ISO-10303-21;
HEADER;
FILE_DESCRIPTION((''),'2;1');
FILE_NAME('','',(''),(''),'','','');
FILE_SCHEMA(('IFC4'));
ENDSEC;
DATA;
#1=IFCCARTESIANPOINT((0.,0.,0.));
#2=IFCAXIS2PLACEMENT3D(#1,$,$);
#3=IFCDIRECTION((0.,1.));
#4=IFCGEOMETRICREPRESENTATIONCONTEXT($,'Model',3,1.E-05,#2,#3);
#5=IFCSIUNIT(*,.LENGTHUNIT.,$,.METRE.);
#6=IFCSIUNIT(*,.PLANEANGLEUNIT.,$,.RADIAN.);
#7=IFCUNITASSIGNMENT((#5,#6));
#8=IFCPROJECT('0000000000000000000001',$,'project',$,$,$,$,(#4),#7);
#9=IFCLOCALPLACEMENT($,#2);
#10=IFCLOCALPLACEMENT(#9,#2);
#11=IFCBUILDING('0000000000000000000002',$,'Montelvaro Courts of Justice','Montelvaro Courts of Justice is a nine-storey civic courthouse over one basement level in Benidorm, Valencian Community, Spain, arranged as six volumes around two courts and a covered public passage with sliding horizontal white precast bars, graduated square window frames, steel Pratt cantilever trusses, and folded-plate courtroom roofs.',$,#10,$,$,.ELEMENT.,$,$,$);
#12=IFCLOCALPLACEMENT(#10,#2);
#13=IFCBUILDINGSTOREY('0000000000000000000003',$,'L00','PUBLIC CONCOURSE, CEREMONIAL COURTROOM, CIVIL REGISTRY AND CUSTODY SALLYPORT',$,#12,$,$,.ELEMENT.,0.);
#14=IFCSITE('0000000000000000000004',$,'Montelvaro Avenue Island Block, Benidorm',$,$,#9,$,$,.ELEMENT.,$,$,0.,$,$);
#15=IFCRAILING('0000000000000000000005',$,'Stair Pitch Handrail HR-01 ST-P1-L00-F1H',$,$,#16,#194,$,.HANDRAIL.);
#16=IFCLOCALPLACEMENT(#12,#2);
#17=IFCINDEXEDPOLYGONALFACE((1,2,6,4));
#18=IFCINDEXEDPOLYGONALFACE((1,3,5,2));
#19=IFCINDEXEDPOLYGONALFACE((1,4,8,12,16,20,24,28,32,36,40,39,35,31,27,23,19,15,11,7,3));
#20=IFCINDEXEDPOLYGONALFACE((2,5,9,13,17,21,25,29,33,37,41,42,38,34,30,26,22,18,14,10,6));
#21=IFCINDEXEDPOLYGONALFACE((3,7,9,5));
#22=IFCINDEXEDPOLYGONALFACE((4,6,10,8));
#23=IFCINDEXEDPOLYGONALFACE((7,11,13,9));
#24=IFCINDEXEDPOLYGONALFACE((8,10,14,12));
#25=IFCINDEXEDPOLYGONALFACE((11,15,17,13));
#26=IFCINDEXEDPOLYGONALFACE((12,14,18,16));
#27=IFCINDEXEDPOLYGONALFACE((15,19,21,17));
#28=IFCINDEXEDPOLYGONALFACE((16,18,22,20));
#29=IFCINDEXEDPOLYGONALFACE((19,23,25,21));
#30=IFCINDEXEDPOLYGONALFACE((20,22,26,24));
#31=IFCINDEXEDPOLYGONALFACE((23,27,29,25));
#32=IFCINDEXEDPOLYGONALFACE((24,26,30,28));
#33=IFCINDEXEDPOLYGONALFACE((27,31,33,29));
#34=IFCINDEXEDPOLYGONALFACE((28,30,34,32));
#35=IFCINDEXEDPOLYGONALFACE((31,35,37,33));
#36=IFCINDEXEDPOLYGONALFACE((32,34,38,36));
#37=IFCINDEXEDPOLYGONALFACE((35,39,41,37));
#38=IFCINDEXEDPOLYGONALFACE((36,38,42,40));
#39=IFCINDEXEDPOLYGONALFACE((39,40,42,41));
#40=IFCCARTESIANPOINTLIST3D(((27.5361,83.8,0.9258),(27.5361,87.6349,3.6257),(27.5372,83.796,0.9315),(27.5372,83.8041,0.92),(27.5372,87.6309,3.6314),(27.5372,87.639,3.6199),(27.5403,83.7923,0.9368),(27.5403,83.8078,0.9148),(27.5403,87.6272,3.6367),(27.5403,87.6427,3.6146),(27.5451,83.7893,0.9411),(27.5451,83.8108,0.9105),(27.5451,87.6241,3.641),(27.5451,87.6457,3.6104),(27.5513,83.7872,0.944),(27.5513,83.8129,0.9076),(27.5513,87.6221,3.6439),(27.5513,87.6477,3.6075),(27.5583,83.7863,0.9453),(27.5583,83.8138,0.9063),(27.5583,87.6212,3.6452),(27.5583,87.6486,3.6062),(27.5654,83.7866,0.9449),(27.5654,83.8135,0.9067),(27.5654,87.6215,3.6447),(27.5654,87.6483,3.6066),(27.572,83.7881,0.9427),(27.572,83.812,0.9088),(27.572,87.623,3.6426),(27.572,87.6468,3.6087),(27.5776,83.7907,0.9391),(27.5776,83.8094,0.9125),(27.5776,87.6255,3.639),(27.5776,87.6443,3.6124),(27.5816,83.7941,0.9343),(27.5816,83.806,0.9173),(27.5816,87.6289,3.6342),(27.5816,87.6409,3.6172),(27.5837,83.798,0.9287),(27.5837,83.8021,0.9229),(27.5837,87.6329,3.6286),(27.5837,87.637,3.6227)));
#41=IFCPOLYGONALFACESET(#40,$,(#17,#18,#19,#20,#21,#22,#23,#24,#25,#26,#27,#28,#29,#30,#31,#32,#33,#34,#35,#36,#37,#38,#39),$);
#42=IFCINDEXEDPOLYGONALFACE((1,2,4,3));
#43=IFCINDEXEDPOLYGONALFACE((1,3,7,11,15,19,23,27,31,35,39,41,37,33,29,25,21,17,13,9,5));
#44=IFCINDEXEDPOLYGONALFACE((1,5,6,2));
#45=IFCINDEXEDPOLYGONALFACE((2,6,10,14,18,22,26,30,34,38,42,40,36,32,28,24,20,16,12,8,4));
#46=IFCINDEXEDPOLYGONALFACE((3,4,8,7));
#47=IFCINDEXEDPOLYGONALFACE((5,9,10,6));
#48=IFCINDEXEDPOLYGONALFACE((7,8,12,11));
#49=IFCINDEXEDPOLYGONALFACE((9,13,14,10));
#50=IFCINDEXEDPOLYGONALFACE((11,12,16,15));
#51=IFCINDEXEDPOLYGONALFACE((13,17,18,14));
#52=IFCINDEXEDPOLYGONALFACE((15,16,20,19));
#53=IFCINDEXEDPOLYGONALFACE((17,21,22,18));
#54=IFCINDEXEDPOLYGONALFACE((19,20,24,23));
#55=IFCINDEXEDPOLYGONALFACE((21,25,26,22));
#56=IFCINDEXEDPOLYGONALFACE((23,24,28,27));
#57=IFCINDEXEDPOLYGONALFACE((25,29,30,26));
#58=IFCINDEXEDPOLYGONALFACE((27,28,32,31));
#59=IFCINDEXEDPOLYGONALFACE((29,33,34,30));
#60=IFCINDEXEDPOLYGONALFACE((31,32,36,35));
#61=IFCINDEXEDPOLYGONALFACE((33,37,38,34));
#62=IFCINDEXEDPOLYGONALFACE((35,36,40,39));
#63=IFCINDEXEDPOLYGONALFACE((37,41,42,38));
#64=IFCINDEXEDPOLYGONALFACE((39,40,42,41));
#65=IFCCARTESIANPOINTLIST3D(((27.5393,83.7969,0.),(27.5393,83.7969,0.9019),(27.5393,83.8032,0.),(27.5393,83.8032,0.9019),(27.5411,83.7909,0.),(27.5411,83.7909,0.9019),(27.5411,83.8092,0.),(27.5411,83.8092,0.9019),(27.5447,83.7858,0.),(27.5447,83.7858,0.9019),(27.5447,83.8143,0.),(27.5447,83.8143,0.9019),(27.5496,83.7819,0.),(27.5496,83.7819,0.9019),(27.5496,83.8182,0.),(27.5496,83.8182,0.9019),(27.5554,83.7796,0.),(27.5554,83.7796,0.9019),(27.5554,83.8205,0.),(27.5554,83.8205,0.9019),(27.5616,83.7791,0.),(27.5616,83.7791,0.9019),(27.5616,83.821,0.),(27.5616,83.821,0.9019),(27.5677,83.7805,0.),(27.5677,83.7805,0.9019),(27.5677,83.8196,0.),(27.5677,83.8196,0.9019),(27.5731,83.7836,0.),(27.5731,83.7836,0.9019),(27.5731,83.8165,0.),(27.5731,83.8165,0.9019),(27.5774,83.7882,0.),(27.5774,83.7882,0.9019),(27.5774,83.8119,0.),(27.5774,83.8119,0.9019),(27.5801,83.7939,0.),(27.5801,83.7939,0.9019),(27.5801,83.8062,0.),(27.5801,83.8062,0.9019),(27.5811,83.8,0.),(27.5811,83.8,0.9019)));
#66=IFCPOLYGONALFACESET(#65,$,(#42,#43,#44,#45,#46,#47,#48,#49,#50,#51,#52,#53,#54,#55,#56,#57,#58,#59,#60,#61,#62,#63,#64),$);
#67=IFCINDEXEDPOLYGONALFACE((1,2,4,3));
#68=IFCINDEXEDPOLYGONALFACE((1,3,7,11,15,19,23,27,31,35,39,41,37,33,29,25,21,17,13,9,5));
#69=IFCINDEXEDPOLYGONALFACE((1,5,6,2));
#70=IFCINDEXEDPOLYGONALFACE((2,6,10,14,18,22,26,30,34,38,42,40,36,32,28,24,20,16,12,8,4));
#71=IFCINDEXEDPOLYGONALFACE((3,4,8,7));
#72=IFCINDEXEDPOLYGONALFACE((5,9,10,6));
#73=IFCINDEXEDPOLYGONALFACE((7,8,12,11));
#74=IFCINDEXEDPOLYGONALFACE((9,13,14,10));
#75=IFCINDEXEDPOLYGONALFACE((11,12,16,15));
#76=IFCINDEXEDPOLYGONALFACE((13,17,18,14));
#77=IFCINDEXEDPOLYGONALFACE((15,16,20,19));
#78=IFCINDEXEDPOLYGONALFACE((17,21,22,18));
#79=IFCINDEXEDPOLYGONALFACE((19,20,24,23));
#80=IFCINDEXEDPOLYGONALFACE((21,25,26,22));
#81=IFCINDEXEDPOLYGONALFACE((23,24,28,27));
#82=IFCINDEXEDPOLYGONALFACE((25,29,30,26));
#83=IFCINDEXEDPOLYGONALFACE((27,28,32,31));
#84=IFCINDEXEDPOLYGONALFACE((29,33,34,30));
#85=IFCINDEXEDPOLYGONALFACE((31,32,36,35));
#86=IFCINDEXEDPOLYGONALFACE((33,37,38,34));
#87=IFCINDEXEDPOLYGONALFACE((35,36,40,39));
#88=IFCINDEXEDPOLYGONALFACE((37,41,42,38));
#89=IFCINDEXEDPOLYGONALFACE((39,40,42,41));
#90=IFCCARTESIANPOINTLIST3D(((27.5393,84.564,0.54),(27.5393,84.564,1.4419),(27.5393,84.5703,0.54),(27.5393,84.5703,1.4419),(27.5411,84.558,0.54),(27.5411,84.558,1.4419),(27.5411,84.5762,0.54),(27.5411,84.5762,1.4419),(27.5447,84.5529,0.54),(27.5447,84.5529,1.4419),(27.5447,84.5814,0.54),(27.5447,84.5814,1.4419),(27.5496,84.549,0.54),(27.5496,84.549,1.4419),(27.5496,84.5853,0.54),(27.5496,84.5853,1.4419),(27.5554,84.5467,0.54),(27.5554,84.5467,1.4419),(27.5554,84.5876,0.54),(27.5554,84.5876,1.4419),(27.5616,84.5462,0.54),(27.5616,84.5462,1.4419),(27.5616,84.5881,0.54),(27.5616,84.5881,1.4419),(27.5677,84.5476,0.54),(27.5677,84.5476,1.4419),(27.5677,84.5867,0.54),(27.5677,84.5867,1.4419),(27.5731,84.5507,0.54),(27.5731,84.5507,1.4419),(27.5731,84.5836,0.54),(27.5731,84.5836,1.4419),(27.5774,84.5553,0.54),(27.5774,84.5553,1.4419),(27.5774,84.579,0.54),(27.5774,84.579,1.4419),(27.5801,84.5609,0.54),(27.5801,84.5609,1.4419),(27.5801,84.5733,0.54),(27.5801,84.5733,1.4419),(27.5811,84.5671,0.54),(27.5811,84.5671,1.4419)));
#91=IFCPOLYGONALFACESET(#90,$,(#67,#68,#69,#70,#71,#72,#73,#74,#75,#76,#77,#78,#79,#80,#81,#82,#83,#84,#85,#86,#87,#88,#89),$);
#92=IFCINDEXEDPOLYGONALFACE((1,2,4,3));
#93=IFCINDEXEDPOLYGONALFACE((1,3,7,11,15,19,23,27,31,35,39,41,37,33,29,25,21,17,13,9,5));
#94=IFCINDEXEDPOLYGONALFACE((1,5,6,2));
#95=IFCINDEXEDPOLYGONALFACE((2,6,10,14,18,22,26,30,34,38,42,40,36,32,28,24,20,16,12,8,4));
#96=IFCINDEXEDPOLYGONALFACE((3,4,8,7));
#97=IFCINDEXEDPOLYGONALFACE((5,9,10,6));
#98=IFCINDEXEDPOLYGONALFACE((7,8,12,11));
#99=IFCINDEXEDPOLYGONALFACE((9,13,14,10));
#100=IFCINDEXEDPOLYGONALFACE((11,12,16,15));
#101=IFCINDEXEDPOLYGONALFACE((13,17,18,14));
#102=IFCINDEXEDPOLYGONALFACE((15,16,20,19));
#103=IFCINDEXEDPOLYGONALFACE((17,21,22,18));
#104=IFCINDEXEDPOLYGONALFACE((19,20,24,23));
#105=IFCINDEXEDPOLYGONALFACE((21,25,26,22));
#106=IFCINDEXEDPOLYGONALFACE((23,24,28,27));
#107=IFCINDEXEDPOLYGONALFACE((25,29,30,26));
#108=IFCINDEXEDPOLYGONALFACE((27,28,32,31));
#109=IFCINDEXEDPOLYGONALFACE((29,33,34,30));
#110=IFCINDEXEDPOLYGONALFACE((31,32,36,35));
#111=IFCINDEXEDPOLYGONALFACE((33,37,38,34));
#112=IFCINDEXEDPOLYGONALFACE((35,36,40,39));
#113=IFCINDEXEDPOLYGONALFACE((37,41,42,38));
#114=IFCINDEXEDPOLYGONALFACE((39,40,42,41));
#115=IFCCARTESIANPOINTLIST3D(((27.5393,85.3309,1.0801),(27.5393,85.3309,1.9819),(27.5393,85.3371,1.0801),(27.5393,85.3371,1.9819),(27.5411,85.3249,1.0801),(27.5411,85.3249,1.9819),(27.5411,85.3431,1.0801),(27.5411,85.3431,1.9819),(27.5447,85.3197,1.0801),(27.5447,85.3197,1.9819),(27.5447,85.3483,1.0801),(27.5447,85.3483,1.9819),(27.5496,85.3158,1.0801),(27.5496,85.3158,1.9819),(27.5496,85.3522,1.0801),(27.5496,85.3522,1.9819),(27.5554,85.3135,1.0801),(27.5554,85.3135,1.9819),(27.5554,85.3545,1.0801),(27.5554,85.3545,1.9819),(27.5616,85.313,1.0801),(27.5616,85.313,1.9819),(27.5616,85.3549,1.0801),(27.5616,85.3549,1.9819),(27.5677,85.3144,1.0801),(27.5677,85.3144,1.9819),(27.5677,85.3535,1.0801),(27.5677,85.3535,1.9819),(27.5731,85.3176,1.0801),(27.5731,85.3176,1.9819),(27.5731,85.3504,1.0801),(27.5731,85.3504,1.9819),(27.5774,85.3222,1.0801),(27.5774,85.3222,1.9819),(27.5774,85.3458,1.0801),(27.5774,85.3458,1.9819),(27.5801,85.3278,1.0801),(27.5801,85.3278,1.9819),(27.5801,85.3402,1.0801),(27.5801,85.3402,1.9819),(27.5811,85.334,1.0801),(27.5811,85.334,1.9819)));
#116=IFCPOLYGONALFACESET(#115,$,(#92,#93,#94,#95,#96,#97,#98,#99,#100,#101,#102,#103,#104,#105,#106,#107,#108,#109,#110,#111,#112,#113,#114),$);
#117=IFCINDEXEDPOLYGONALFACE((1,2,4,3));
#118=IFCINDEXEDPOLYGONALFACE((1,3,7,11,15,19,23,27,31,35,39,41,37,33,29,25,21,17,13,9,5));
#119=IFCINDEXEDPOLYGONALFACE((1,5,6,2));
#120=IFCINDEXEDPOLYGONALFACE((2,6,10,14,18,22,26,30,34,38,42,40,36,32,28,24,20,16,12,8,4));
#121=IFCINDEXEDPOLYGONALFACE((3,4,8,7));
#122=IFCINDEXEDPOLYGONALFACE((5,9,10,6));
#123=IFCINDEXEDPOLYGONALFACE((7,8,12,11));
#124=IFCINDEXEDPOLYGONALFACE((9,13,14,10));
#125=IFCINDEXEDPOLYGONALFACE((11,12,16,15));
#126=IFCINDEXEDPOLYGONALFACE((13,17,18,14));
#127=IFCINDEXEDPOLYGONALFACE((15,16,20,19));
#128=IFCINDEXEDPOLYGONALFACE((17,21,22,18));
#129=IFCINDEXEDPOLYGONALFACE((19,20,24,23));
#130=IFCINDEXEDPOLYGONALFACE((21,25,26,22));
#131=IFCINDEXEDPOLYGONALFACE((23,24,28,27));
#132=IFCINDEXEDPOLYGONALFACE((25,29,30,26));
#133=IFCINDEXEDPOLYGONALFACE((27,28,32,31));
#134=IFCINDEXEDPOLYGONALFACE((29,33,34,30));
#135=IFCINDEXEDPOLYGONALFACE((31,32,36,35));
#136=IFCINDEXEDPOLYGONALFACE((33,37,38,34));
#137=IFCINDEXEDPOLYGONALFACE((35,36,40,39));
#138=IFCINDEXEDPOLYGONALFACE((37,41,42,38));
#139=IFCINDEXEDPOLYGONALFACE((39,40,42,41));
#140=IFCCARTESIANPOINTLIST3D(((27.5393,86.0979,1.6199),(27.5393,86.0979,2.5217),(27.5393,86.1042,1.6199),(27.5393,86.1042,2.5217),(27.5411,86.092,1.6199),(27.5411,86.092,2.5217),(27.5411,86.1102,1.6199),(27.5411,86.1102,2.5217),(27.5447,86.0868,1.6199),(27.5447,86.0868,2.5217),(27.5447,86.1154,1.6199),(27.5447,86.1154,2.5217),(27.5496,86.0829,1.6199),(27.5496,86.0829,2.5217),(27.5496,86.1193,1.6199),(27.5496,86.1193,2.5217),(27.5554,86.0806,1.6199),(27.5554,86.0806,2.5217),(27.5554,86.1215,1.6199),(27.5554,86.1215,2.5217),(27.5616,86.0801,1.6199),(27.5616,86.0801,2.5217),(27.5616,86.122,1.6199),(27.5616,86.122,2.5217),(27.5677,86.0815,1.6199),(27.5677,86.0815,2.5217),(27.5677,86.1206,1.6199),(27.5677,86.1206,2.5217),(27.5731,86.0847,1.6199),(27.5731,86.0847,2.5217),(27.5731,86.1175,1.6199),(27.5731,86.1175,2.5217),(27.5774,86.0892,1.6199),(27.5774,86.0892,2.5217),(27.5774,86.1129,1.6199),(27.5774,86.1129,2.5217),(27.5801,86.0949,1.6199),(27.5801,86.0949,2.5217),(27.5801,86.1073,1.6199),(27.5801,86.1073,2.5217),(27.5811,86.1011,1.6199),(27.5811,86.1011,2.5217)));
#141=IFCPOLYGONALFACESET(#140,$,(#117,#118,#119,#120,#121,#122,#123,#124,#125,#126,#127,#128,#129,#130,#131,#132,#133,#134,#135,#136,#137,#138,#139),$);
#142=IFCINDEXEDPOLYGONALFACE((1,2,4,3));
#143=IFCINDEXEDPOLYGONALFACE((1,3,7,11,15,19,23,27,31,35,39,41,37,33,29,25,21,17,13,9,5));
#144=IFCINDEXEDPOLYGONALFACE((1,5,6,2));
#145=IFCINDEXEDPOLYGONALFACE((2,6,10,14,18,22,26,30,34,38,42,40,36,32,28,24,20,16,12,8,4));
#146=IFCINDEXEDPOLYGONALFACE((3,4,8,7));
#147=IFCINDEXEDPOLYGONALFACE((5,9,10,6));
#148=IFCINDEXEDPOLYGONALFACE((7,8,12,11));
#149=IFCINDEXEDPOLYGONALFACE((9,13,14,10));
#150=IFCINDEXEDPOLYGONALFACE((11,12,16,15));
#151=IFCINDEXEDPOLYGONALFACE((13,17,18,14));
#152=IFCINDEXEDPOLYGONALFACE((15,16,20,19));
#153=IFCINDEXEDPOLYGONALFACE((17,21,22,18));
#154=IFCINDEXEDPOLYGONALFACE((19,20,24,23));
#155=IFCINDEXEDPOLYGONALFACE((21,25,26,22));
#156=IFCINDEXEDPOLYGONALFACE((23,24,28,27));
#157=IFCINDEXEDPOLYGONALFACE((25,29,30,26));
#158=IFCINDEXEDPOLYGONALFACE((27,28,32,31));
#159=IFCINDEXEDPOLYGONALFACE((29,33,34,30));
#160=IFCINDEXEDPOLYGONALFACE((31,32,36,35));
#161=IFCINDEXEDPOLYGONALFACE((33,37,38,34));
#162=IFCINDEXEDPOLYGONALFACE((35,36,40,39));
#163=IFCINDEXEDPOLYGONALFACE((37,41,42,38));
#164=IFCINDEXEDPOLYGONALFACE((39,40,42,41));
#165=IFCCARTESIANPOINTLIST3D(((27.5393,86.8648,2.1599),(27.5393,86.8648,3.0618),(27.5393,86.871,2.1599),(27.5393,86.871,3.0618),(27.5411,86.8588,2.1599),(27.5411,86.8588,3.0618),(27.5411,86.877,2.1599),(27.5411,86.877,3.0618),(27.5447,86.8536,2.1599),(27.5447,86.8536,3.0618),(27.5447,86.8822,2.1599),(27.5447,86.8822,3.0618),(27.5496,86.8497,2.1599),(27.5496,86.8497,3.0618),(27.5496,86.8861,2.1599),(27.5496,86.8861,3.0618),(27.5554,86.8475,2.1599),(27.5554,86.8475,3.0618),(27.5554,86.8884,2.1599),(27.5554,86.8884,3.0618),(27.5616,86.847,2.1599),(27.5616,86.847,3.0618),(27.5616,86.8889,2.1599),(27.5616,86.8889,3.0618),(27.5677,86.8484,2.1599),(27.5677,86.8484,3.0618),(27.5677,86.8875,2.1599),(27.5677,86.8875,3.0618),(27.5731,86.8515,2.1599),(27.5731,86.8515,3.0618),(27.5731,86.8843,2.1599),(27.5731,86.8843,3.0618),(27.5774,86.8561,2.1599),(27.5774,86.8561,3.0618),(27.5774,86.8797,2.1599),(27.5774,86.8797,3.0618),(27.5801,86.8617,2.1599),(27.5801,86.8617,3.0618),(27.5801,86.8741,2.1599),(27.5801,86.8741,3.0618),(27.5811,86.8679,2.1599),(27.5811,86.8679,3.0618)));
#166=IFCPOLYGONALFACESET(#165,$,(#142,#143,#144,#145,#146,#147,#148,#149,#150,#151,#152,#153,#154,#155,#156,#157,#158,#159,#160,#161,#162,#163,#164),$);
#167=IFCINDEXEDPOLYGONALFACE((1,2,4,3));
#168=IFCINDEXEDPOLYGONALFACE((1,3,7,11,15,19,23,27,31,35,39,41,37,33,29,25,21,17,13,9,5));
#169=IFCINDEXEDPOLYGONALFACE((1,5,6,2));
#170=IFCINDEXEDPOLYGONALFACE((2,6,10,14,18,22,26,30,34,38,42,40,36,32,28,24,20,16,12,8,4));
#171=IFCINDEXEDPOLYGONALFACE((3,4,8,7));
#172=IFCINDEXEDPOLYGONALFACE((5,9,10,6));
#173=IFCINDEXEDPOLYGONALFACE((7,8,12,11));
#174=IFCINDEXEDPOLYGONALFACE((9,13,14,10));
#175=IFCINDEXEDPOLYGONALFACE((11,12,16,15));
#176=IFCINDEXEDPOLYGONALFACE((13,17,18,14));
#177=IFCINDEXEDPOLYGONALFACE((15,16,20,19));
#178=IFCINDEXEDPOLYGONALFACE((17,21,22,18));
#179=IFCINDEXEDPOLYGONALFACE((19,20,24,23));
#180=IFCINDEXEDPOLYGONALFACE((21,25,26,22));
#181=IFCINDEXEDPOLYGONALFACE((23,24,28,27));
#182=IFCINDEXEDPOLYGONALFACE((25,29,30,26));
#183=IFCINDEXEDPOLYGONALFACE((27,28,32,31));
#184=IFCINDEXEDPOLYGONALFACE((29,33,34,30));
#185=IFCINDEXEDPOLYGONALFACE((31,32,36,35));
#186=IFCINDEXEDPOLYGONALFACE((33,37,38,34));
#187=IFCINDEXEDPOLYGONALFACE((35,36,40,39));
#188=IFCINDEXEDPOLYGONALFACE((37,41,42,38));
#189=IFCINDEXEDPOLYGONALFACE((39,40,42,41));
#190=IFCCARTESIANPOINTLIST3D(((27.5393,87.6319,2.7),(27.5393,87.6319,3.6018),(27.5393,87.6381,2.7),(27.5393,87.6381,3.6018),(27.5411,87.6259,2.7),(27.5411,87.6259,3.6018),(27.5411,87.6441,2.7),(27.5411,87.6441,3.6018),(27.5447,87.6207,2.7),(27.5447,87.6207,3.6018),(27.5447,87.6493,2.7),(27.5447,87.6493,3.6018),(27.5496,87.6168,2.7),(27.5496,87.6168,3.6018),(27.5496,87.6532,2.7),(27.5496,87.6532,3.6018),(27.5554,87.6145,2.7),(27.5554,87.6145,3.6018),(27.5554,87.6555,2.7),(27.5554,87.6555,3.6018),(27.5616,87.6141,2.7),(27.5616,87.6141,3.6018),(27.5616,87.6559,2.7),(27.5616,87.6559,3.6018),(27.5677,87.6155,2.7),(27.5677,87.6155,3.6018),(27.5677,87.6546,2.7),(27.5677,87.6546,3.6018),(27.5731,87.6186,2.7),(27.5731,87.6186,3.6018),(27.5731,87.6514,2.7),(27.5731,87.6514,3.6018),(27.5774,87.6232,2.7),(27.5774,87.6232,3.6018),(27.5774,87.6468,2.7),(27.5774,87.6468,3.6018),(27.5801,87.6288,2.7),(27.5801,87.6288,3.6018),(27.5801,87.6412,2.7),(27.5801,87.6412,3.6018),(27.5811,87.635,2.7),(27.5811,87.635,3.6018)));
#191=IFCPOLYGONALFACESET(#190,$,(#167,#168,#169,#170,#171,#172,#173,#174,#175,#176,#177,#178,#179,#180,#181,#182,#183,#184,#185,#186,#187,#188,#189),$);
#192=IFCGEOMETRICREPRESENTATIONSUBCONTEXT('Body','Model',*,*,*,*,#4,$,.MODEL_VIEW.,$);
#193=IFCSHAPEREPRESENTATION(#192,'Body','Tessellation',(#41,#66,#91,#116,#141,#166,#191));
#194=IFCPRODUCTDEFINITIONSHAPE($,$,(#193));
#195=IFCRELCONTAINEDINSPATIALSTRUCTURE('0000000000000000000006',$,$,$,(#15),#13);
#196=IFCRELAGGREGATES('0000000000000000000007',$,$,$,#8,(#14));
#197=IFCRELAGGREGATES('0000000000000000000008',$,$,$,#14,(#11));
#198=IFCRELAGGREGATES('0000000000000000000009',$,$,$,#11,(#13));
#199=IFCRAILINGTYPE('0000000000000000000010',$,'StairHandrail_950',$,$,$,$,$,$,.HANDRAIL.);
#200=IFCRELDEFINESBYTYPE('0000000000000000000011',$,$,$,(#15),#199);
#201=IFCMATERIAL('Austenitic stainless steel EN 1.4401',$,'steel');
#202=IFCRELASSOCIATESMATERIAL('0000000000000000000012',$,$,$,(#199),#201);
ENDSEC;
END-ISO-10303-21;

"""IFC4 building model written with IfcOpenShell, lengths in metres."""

from ifc_helpers import new_model, si_unit, direction, frame, origin, origin_2d, place, context, subcontext, project, spatial, circle, extrude, material, type_object, element, save


model = new_model("IFC4")

# Units and contexts
model_context = context("Model", 3, precision=1e-05, world=origin(), true_north=direction((0.0, 1.0)))
body_context = subcontext(model_context, "Body", "Model", "MODEL_VIEW")
ifc_project = project(units=[si_unit("LENGTHUNIT", "METRE"), si_unit("PLANEANGLEUNIT", "RADIAN")], contexts=[model_context])

# Site, building, storey
site_placement = place(None, origin())
site = spatial("IfcSite", under=ifc_project, at=site_placement, Name="Montelvaro Avenue Island Block, Benidorm", CompositionType="ELEMENT", RefElevation=0.0)
building_placement = place(site_placement, origin())
building = spatial("IfcBuilding", under=site, at=building_placement, Name="Montelvaro Courts of Justice", Description="Montelvaro Courts of Justice is a nine-storey civic courthouse over one basement level in Benidorm, Valencian Community, Spain, arranged as six volumes around two courts and a covered public passage with sliding horizontal white precast bars, graduated square window frames, steel Pratt cantilever trusses, and folded-plate courtroom roofs.", CompositionType="ELEMENT")
storey_placement = place(building_placement, origin())
storey = spatial("IfcBuildingStorey", under=building, at=storey_placement, Name="L00", Description="PUBLIC CONCOURSE, CEREMONIAL COURTROOM, CIVIL REGISTRY AND CUSTODY SALLYPORT", CompositionType="ELEMENT", Elevation=0.0)

# Railing
ifc_material_1 = material(Name="Austenitic stainless steel EN 1.4401", Category="steel")
railing_type_1 = type_object("IfcRailingType", Name="StairHandrail_950", PredefinedType="HANDRAIL", material=ifc_material_1)
railing_1_placement = place(storey_placement, frame((27.5601, 83.8, 0.0)))
element("IfcRailing", 1, at=railing_1_placement, inside=storey, type_object=railing_type_1, Name="Stair Pitch Handrail HR-01 ST-P1-L00-F1H", PredefinedType="HANDRAIL", context=body_context, shape_type="SweptSolid", body=[
    extrude(circle(Radius=0.0239, at=origin_2d()), frame((0.0, 0.0, 0.9258), z_axis=(0.0, 0.817678, 0.575675), x_axis=(-1.0, 0.0, 0.0)), (0.0, 0.0, 1.0), 4.6899),
    extrude(circle(Radius=0.021, at=origin_2d()), origin(), (0.0, 0.0, 1.0), 0.9019),
    extrude(circle(Radius=0.021, at=origin_2d()), frame((0.0, 0.7671, 0.54)), (0.0, 0.0, 1.0), 0.9019),
    extrude(circle(Radius=0.021, at=origin_2d()), frame((0.0, 1.5339, 1.0801)), (0.0, 0.0, 1.0), 0.9019),
    extrude(circle(Radius=0.021, at=origin_2d()), frame((0.0, 2.301, 1.6199)), (0.0, 0.0, 1.0), 0.9019),
    extrude(circle(Radius=0.021, at=origin_2d()), frame((0.0, 3.0679, 2.1599)), (0.0, 0.0, 1.0), 0.9019),
    extrude(circle(Radius=0.021, at=origin_2d()), frame((0.0, 3.835, 2.7)), (0.0, 0.0, 1.0), 0.9019),
])

save(model, "model.ifc")
